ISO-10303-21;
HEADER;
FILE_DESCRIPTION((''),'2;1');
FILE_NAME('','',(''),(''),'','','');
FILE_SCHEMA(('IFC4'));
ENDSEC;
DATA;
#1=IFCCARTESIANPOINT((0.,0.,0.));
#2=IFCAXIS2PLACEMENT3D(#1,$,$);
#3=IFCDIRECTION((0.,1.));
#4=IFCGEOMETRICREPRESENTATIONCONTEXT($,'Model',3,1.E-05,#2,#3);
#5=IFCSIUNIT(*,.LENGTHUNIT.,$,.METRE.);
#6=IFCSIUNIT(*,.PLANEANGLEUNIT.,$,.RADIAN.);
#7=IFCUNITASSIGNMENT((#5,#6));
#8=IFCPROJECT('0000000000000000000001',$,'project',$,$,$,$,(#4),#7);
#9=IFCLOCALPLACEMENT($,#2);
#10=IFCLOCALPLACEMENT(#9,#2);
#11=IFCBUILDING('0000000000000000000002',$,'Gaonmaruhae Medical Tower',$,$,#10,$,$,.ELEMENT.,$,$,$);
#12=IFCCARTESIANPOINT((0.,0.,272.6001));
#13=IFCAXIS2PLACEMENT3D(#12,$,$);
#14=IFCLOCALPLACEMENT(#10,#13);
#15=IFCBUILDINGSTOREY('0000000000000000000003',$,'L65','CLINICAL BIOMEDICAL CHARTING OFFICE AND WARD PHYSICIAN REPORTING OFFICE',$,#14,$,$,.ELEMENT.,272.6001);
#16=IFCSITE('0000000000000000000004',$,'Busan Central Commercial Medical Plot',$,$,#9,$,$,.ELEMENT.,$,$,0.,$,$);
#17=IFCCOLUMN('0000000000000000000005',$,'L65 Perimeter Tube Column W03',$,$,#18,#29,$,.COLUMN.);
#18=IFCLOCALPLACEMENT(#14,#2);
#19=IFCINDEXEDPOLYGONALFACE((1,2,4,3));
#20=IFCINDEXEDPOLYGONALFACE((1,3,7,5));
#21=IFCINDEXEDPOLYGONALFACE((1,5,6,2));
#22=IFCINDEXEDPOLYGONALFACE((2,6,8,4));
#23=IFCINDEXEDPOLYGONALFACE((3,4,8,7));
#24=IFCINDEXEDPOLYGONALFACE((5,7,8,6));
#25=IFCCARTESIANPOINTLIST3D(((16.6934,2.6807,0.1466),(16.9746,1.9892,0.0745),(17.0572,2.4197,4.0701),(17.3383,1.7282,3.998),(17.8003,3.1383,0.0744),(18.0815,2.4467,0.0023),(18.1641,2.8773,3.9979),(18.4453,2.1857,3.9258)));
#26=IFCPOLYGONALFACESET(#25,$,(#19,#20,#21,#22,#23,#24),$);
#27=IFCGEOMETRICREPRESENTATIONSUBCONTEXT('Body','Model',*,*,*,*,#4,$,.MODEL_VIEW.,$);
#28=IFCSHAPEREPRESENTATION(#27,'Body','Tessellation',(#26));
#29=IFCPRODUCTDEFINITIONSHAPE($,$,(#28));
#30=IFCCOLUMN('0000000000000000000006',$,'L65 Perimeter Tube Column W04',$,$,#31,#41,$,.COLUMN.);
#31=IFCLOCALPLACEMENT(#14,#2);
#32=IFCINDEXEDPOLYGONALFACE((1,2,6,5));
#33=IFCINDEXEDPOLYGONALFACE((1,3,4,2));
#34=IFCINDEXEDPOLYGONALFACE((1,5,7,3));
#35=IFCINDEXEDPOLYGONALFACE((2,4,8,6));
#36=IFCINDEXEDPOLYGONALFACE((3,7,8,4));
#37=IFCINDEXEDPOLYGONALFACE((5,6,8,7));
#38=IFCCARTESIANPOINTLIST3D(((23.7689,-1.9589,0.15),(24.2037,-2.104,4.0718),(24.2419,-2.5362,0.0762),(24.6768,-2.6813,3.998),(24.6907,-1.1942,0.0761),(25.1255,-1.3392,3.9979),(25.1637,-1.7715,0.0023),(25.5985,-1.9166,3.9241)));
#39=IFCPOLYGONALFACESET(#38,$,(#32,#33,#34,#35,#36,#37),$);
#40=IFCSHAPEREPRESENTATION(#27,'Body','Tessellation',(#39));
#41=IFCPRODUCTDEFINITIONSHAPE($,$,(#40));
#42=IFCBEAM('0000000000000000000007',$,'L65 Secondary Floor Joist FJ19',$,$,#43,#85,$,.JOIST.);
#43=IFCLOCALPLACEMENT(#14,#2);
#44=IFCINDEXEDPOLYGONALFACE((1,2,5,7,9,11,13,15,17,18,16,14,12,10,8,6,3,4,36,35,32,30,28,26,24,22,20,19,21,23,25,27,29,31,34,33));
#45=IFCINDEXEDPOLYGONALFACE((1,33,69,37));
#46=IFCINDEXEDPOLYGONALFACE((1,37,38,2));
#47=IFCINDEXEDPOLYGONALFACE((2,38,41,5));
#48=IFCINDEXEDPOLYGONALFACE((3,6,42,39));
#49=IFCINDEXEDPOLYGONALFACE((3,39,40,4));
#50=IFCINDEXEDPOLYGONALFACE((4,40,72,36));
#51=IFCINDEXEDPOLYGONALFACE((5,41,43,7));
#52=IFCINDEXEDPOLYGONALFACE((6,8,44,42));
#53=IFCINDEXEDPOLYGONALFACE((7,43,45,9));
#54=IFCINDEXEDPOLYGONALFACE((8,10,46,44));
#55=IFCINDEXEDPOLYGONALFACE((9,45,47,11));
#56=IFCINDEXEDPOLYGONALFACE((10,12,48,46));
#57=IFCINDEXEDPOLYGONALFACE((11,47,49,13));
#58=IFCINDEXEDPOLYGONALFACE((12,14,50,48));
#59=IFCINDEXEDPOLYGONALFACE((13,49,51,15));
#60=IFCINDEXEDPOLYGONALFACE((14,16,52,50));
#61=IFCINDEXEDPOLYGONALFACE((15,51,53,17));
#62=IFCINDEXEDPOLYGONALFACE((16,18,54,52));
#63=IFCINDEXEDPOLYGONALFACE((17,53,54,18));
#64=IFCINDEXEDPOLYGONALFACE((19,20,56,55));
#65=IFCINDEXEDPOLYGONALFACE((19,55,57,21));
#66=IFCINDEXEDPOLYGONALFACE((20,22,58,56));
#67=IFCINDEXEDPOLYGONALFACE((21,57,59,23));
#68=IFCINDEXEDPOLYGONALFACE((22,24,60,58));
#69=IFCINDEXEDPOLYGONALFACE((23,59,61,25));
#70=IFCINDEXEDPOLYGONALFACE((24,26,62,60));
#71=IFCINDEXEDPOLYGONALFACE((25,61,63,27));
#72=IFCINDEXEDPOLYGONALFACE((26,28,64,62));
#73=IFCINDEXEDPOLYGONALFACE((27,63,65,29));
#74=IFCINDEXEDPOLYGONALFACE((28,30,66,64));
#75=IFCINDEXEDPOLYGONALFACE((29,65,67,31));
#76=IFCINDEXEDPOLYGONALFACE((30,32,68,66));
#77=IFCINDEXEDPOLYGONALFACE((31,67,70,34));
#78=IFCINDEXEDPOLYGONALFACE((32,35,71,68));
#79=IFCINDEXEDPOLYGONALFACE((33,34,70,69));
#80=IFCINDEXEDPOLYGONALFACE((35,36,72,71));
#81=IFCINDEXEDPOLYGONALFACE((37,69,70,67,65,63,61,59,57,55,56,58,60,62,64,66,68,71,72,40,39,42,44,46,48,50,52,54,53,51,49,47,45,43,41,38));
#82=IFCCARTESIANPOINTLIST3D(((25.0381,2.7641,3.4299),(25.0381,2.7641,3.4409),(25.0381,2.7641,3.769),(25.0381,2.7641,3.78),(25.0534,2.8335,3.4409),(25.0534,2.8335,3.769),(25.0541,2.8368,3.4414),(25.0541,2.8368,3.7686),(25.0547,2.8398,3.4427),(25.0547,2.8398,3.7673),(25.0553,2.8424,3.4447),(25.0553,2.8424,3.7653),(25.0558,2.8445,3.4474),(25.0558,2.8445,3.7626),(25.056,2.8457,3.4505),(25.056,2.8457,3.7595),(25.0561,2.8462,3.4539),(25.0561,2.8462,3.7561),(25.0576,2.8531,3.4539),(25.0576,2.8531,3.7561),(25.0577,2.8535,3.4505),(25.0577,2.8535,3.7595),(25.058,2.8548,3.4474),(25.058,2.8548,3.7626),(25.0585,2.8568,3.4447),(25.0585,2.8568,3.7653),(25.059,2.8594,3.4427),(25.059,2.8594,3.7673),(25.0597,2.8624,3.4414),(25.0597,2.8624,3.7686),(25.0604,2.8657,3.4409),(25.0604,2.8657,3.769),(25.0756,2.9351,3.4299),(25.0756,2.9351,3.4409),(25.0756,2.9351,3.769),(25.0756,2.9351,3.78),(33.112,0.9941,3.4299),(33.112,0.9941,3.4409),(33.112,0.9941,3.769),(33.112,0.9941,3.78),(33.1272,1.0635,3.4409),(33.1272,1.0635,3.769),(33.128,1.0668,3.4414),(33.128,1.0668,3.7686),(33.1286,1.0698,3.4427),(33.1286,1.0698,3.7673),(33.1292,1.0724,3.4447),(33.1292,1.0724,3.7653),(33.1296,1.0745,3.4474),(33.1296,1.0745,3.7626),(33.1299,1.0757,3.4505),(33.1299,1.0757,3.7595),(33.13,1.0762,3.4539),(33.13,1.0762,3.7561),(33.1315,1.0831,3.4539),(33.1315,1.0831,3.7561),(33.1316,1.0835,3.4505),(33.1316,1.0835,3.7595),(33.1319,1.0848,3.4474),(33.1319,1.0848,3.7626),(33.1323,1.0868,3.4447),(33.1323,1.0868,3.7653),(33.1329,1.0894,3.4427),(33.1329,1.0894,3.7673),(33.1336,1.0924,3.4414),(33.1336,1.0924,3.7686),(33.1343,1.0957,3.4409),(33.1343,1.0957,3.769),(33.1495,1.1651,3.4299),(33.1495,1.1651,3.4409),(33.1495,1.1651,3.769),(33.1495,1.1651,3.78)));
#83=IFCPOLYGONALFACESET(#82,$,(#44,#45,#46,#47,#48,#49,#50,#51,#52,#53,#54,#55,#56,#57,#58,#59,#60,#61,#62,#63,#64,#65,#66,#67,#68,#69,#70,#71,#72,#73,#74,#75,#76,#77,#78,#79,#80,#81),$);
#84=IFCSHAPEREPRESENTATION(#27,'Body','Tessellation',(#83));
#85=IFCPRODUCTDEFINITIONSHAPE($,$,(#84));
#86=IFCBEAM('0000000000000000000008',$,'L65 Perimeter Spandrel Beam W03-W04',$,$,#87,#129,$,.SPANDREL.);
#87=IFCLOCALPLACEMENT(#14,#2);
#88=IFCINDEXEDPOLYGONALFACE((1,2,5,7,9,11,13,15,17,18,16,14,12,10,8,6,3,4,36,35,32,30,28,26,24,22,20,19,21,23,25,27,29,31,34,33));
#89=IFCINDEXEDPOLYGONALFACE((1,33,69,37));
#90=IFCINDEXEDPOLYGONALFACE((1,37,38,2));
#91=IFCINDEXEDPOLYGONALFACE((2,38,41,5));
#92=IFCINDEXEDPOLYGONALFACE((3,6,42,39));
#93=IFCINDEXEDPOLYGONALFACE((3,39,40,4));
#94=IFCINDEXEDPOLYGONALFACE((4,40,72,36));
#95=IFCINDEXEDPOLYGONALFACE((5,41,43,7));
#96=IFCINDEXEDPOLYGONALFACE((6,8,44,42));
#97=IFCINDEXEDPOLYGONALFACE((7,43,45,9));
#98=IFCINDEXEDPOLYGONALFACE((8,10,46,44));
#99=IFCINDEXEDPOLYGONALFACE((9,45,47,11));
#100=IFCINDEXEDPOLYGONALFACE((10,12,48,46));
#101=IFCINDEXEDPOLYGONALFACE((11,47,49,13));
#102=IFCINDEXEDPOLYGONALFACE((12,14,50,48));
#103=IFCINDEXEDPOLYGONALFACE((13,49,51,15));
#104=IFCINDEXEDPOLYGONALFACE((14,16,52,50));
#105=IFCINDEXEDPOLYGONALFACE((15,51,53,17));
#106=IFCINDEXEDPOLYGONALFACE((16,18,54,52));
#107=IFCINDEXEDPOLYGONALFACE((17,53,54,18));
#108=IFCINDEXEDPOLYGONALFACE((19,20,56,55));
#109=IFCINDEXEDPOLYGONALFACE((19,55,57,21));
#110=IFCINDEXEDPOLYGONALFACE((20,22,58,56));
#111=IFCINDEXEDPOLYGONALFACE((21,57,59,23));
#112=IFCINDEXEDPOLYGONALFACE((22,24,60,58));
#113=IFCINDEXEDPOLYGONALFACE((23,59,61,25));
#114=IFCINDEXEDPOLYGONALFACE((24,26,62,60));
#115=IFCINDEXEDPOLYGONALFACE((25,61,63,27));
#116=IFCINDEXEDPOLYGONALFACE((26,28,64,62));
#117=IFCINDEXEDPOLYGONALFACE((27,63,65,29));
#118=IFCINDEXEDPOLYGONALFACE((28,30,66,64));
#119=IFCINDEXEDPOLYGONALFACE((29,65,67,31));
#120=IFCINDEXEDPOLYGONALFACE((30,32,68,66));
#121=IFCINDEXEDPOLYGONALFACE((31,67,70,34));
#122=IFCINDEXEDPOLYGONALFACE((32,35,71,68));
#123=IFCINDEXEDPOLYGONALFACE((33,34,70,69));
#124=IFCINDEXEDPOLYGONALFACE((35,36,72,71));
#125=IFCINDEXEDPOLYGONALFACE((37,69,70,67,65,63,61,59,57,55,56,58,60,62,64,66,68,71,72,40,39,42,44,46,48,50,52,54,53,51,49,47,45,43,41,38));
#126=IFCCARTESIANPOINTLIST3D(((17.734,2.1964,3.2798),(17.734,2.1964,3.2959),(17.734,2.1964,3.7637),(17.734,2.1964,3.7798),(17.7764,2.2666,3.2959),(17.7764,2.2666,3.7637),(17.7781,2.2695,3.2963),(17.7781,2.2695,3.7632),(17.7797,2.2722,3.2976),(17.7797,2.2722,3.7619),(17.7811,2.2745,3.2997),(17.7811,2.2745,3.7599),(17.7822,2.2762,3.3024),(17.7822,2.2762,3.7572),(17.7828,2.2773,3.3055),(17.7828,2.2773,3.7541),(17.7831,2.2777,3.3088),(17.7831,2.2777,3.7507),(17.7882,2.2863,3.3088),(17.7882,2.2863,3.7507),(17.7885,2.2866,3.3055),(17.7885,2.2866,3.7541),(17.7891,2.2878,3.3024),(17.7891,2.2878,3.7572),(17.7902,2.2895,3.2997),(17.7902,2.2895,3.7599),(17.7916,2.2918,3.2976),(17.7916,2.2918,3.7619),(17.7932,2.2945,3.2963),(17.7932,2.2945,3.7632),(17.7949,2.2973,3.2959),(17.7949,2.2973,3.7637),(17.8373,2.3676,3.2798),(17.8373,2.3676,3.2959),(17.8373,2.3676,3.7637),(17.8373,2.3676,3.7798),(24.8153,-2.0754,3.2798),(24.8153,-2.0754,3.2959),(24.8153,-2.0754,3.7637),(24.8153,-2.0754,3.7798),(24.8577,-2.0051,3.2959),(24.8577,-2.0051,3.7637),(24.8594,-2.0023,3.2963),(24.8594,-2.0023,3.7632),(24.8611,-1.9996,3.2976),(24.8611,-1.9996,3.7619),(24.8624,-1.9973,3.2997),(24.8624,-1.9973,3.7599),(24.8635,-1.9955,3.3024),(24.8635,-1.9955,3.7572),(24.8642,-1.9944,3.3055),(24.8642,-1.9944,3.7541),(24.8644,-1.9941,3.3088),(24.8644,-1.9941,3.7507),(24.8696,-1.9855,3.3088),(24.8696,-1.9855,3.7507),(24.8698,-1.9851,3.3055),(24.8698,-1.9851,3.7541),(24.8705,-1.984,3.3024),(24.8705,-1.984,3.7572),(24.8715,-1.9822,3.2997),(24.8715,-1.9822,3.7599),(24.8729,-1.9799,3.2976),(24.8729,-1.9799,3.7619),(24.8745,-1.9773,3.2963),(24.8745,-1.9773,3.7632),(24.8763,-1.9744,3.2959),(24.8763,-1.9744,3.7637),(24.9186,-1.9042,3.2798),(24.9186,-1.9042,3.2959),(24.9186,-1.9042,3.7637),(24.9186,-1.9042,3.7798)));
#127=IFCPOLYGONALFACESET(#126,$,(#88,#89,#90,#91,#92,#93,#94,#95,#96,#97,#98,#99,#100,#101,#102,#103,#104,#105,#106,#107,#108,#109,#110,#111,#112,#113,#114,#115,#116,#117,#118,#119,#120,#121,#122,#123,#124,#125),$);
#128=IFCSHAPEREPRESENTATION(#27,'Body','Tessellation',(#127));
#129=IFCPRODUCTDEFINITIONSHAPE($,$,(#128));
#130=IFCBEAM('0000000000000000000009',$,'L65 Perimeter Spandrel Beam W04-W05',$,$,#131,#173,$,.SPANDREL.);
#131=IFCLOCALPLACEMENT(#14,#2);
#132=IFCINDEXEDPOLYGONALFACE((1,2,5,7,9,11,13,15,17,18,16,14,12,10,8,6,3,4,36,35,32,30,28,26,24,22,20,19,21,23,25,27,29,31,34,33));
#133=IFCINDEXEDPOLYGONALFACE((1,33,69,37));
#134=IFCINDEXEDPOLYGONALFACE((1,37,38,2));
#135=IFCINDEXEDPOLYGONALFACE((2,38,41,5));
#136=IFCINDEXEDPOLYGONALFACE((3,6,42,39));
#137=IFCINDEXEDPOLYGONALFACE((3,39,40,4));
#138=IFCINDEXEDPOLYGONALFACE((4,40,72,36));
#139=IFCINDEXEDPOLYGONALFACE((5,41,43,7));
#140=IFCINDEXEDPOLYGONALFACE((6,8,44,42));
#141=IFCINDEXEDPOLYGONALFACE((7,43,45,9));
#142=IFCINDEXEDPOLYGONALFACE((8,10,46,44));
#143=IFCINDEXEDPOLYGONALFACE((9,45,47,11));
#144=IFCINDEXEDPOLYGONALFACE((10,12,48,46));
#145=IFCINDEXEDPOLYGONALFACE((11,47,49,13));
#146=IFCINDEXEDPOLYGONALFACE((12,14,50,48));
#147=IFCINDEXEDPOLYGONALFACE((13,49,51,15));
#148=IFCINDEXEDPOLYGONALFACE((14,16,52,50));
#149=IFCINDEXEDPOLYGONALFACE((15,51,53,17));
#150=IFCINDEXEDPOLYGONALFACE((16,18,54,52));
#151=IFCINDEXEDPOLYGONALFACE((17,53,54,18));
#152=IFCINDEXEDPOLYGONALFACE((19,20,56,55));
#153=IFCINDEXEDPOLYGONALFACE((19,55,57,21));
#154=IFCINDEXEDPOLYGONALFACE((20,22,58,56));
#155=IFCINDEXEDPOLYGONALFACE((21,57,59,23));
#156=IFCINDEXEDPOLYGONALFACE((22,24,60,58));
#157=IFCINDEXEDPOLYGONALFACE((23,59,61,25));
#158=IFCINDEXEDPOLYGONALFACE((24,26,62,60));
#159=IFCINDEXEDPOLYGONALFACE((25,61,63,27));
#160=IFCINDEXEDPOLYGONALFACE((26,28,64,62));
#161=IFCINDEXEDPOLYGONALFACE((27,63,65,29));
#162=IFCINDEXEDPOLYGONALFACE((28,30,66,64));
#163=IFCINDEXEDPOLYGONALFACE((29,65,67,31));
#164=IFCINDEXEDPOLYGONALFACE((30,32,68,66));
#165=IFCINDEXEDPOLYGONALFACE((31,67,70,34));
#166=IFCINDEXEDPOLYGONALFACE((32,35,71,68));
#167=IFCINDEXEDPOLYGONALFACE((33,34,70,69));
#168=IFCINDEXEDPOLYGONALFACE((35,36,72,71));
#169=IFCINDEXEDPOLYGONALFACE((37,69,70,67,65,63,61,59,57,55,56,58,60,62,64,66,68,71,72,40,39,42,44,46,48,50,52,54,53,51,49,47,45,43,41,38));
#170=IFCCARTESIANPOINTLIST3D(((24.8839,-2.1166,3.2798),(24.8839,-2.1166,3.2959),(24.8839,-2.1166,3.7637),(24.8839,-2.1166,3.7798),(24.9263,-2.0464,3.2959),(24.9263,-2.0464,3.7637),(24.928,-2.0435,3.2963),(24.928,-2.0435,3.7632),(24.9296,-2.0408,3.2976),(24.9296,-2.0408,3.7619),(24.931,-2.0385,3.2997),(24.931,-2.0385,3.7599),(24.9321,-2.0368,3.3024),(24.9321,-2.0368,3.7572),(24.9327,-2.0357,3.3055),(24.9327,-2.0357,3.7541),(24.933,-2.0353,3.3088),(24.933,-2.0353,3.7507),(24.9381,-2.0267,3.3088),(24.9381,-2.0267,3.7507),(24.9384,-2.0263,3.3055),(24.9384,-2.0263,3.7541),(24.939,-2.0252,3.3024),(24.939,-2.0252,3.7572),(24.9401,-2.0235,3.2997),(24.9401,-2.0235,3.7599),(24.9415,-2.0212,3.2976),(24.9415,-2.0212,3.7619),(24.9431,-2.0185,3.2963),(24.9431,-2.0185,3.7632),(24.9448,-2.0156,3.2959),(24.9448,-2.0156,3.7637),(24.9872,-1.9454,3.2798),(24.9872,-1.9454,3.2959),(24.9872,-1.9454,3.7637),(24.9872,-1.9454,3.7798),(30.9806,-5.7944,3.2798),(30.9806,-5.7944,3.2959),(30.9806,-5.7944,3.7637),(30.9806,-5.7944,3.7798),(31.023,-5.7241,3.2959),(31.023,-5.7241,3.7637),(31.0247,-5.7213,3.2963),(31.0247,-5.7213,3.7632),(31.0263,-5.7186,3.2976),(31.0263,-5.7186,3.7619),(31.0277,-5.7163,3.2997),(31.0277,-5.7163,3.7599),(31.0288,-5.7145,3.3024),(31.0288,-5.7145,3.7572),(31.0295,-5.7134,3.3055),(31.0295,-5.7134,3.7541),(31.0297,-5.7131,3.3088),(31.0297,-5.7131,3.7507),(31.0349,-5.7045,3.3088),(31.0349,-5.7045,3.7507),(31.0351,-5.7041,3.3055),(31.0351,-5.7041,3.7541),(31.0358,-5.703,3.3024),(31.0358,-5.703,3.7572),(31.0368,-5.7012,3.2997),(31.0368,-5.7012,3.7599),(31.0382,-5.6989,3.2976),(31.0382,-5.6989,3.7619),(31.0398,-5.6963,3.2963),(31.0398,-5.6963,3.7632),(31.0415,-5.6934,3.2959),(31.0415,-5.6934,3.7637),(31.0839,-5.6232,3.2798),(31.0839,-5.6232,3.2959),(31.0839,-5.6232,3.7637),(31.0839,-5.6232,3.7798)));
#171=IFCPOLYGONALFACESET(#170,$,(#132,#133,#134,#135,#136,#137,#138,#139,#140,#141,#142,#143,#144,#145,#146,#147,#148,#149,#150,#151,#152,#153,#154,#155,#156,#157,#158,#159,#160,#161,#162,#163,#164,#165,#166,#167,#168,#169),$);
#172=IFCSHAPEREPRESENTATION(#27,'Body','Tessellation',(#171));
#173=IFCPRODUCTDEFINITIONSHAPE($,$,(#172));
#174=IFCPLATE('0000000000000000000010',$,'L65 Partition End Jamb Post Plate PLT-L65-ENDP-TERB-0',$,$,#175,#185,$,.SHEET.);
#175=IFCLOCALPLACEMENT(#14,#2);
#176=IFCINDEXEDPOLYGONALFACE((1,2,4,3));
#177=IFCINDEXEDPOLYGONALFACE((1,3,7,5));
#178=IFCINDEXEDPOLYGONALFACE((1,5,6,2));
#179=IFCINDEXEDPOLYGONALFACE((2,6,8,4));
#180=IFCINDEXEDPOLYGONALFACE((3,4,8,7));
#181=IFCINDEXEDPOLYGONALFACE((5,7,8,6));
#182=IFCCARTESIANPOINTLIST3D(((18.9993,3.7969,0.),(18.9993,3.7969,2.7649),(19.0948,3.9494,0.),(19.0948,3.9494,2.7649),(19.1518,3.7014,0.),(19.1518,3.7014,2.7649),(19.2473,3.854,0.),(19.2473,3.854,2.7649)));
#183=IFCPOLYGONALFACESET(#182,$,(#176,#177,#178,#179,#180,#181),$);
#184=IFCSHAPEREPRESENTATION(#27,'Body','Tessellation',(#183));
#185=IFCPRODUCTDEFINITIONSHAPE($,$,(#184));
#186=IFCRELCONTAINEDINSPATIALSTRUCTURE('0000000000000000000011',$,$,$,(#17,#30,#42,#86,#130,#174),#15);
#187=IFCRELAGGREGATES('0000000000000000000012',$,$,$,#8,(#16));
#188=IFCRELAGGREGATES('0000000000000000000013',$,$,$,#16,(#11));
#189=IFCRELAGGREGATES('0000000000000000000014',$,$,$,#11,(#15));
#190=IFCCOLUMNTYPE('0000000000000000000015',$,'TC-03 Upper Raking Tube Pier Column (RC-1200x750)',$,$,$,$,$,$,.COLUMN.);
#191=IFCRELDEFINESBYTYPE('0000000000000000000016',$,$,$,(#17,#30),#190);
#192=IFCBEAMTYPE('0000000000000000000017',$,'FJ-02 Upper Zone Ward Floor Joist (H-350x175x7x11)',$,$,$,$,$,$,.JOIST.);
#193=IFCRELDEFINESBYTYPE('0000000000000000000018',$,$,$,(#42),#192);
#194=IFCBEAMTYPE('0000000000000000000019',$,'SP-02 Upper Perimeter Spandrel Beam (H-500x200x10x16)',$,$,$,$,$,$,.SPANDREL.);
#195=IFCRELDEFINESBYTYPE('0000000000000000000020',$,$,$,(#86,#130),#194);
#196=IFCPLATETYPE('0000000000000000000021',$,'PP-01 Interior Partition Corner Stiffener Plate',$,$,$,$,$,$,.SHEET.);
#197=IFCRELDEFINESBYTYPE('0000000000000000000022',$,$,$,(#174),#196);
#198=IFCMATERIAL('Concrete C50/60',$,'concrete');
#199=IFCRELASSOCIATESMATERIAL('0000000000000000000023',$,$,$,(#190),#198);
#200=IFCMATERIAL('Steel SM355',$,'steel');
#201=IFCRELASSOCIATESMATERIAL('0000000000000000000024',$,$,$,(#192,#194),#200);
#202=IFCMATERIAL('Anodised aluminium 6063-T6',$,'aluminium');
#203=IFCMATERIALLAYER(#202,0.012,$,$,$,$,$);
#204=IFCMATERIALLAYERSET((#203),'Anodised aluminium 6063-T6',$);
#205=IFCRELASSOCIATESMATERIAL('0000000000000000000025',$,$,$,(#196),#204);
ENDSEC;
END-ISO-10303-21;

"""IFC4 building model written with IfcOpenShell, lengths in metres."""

from ifc_helpers import new_model, si_unit, direction, frame, origin, origin_2d, place, context, subcontext, project, spatial, rectangle, i_section, extrude, material, layer, layer_set, material_profile, profile_set, type_object, element, save


model = new_model("IFC4")

# Units and contexts
model_context = context("Model", 3, precision=1e-05, world=origin(), true_north=direction((0.0, 1.0)))
body_context = subcontext(model_context, "Body", "Model", "MODEL_VIEW")
ifc_project = project(units=[si_unit("LENGTHUNIT", "METRE"), si_unit("PLANEANGLEUNIT", "RADIAN")], contexts=[model_context])

# Site, building, storey
site_placement = place(None, origin())
site = spatial("IfcSite", under=ifc_project, at=site_placement, Name="Busan Central Commercial Medical Plot", CompositionType="ELEMENT", RefElevation=0.0)
building_placement = place(site_placement, origin())
building = spatial("IfcBuilding", under=site, at=building_placement, Name="Gaonmaruhae Medical Tower", CompositionType="ELEMENT")
storey_placement = place(building_placement, frame((0.0, 0.0, 272.6001)))
storey = spatial("IfcBuildingStorey", under=building, at=storey_placement, Name="L65", Description="CLINICAL BIOMEDICAL CHARTING OFFICE AND WARD PHYSICIAN REPORTING OFFICE", CompositionType="ELEMENT", Elevation=272.6001)

# Columns
ifc_material_1 = material(Name="Concrete C50/60", Category="concrete")
ifc_material_profile_1 = material_profile(ifc_material_1, rectangle(XDim=1.2, YDim=0.75, at=origin_2d()), Name="RC-1200x750")
ifc_profile_set_1 = profile_set([ifc_material_profile_1], Name="Concrete C50/60")
column_type = type_object("IfcColumnType", Name="TC-03 Upper Raking Tube Pier Column (RC-1200x750)", PredefinedType="COLUMN", material=ifc_profile_set_1)
column_1_placement = place(storey_placement, frame((17.3875, 2.5637, 0.0745), z_axis=(0.092116, -0.066088, 0.993553), x_axis=(-0.92248, -0.381329, 0.060161)))
element("IfcColumn", 1, at=column_1_placement, inside=storey, type_object=column_type, Name="L65 Perimeter Tube Column W03", PredefinedType="COLUMN", context=body_context, shape_type="SweptSolid", body=[
    extrude(rectangle(XDim=1.2, YDim=0.75, at=origin_2d()), origin(), (0.0, 0.0, 1.0), 3.949),
])
column_2_placement = place(storey_placement, frame((24.4663, -1.8652, 0.0762), z_axis=(0.11012, -0.036727, 0.99324), x_axis=(-0.768161, -0.637286, 0.0616)))
element("IfcColumn", 2, at=column_2_placement, inside=storey, type_object=column_type, Name="L65 Perimeter Tube Column W04", PredefinedType="COLUMN", context=body_context, shape_type="SweptSolid", body=[
    extrude(rectangle(XDim=1.2, YDim=0.75, at=origin_2d()), origin(), (0.0, 0.0, 1.0), 3.9485),
])

# Beams
ifc_material_2 = material(Name="Steel SM355", Category="steel")
ifc_material_profile_2 = material_profile(ifc_material_2, i_section(OverallWidth=0.175, OverallDepth=0.3501, WebThickness=0.0071, FlangeThickness=0.011, FilletRadius=0.0129, at=origin_2d()), Name="H-350x175x7x11")
ifc_profile_set_2 = profile_set([ifc_material_profile_2], Name="Steel SM355")
beam_type_1 = type_object("IfcBeamType", Name="FJ-02 Upper Zone Ward Floor Joist (H-350x175x7x11)", PredefinedType="JOIST", material=ifc_profile_set_2)
beam_1_placement = place(storey_placement, frame((25.0569, 2.8496, 3.605), z_axis=(0.976803, -0.21414, 0.0), x_axis=(0.21414, 0.976803, 0.0)))
element("IfcBeam", 3, at=beam_1_placement, inside=storey, type_object=beam_type_1, Name="L65 Secondary Floor Joist FJ19", PredefinedType="JOIST", context=body_context, shape_type="SweptSolid", body=[
    extrude(i_section(OverallWidth=0.175, OverallDepth=0.3501, WebThickness=0.0071, FlangeThickness=0.011, FilletRadius=0.0129, at=origin_2d()), origin(), (0.0, 0.0, 1.0), 8.2656),
])
ifc_material_profile_3 = material_profile(ifc_material_2, i_section(OverallWidth=0.2, OverallDepth=0.5, WebThickness=0.01, FlangeThickness=0.0161, FilletRadius=0.0129, at=origin_2d()), Name="H-500x200x10x16")
ifc_profile_set_3 = profile_set([ifc_material_profile_3], Name="Steel SM355")
beam_type_2 = type_object("IfcBeamType", Name="SP-02 Upper Perimeter Spandrel Beam (H-500x200x10x16)", PredefinedType="SPANDREL", material=ifc_profile_set_3)
beam_2_placement = place(storey_placement, frame((17.7856, 2.282, 3.5298), z_axis=(0.856266, -0.516535, 0.0), x_axis=(0.516535, 0.856266, 0.0)))
element("IfcBeam", 4, at=beam_2_placement, inside=storey, type_object=beam_type_2, Name="L65 Perimeter Spandrel Beam W03-W04", PredefinedType="SPANDREL", context=body_context, shape_type="SweptSolid", body=[
    extrude(i_section(OverallWidth=0.2, OverallDepth=0.5, WebThickness=0.01, FlangeThickness=0.0161, FilletRadius=0.0129, at=origin_2d()), origin(), (0.0, 0.0, 1.0), 8.27),
])
beam_3_placement = place(storey_placement, frame((24.9355, -2.031, 3.5298), z_axis=(0.856268, -0.516531, 0.0), x_axis=(0.516531, 0.856268, 0.0)))
element("IfcBeam", 5, at=beam_3_placement, inside=storey, type_object=beam_type_2, Name="L65 Perimeter Spandrel Beam W04-W05", PredefinedType="SPANDREL", context=body_context, shape_type="SweptSolid", body=[
    extrude(i_section(OverallWidth=0.2, OverallDepth=0.5, WebThickness=0.01, FlangeThickness=0.0161, FilletRadius=0.0129, at=origin_2d()), origin(), (0.0, 0.0, 1.0), 7.1201),
])

# Plate
ifc_material_3 = material(Name="Anodised aluminium 6063-T6", Category="aluminium")
ifc_layer_1 = layer(ifc_material_3, 0.012)
ifc_layer_set_1 = layer_set([ifc_layer_1], Name="Anodised aluminium 6063-T6")
plate_type = type_object("IfcPlateType", Name="PP-01 Interior Partition Corner Stiffener Plate", PredefinedType="SHEET", material=ifc_layer_set_1)
plate_1_placement = place(storey_placement, frame((19.1233, 3.8254, 0.0), z_axis=(0.0, 0.0, 1.0), x_axis=(-0.847585, 0.530659, 0.0)))
element("IfcPlate", 6, at=plate_1_placement, inside=storey, type_object=plate_type, Name="L65 Partition End Jamb Post Plate PLT-L65-ENDP-TERB-0", PredefinedType="SHEET", context=body_context, shape_type="SweptSolid", body=[
    extrude(rectangle(XDim=0.1799, YDim=0.1799, at=origin_2d()), origin(), (0.0, 0.0, 1.0), 2.7649),
])

save(model, "model.ifc")
